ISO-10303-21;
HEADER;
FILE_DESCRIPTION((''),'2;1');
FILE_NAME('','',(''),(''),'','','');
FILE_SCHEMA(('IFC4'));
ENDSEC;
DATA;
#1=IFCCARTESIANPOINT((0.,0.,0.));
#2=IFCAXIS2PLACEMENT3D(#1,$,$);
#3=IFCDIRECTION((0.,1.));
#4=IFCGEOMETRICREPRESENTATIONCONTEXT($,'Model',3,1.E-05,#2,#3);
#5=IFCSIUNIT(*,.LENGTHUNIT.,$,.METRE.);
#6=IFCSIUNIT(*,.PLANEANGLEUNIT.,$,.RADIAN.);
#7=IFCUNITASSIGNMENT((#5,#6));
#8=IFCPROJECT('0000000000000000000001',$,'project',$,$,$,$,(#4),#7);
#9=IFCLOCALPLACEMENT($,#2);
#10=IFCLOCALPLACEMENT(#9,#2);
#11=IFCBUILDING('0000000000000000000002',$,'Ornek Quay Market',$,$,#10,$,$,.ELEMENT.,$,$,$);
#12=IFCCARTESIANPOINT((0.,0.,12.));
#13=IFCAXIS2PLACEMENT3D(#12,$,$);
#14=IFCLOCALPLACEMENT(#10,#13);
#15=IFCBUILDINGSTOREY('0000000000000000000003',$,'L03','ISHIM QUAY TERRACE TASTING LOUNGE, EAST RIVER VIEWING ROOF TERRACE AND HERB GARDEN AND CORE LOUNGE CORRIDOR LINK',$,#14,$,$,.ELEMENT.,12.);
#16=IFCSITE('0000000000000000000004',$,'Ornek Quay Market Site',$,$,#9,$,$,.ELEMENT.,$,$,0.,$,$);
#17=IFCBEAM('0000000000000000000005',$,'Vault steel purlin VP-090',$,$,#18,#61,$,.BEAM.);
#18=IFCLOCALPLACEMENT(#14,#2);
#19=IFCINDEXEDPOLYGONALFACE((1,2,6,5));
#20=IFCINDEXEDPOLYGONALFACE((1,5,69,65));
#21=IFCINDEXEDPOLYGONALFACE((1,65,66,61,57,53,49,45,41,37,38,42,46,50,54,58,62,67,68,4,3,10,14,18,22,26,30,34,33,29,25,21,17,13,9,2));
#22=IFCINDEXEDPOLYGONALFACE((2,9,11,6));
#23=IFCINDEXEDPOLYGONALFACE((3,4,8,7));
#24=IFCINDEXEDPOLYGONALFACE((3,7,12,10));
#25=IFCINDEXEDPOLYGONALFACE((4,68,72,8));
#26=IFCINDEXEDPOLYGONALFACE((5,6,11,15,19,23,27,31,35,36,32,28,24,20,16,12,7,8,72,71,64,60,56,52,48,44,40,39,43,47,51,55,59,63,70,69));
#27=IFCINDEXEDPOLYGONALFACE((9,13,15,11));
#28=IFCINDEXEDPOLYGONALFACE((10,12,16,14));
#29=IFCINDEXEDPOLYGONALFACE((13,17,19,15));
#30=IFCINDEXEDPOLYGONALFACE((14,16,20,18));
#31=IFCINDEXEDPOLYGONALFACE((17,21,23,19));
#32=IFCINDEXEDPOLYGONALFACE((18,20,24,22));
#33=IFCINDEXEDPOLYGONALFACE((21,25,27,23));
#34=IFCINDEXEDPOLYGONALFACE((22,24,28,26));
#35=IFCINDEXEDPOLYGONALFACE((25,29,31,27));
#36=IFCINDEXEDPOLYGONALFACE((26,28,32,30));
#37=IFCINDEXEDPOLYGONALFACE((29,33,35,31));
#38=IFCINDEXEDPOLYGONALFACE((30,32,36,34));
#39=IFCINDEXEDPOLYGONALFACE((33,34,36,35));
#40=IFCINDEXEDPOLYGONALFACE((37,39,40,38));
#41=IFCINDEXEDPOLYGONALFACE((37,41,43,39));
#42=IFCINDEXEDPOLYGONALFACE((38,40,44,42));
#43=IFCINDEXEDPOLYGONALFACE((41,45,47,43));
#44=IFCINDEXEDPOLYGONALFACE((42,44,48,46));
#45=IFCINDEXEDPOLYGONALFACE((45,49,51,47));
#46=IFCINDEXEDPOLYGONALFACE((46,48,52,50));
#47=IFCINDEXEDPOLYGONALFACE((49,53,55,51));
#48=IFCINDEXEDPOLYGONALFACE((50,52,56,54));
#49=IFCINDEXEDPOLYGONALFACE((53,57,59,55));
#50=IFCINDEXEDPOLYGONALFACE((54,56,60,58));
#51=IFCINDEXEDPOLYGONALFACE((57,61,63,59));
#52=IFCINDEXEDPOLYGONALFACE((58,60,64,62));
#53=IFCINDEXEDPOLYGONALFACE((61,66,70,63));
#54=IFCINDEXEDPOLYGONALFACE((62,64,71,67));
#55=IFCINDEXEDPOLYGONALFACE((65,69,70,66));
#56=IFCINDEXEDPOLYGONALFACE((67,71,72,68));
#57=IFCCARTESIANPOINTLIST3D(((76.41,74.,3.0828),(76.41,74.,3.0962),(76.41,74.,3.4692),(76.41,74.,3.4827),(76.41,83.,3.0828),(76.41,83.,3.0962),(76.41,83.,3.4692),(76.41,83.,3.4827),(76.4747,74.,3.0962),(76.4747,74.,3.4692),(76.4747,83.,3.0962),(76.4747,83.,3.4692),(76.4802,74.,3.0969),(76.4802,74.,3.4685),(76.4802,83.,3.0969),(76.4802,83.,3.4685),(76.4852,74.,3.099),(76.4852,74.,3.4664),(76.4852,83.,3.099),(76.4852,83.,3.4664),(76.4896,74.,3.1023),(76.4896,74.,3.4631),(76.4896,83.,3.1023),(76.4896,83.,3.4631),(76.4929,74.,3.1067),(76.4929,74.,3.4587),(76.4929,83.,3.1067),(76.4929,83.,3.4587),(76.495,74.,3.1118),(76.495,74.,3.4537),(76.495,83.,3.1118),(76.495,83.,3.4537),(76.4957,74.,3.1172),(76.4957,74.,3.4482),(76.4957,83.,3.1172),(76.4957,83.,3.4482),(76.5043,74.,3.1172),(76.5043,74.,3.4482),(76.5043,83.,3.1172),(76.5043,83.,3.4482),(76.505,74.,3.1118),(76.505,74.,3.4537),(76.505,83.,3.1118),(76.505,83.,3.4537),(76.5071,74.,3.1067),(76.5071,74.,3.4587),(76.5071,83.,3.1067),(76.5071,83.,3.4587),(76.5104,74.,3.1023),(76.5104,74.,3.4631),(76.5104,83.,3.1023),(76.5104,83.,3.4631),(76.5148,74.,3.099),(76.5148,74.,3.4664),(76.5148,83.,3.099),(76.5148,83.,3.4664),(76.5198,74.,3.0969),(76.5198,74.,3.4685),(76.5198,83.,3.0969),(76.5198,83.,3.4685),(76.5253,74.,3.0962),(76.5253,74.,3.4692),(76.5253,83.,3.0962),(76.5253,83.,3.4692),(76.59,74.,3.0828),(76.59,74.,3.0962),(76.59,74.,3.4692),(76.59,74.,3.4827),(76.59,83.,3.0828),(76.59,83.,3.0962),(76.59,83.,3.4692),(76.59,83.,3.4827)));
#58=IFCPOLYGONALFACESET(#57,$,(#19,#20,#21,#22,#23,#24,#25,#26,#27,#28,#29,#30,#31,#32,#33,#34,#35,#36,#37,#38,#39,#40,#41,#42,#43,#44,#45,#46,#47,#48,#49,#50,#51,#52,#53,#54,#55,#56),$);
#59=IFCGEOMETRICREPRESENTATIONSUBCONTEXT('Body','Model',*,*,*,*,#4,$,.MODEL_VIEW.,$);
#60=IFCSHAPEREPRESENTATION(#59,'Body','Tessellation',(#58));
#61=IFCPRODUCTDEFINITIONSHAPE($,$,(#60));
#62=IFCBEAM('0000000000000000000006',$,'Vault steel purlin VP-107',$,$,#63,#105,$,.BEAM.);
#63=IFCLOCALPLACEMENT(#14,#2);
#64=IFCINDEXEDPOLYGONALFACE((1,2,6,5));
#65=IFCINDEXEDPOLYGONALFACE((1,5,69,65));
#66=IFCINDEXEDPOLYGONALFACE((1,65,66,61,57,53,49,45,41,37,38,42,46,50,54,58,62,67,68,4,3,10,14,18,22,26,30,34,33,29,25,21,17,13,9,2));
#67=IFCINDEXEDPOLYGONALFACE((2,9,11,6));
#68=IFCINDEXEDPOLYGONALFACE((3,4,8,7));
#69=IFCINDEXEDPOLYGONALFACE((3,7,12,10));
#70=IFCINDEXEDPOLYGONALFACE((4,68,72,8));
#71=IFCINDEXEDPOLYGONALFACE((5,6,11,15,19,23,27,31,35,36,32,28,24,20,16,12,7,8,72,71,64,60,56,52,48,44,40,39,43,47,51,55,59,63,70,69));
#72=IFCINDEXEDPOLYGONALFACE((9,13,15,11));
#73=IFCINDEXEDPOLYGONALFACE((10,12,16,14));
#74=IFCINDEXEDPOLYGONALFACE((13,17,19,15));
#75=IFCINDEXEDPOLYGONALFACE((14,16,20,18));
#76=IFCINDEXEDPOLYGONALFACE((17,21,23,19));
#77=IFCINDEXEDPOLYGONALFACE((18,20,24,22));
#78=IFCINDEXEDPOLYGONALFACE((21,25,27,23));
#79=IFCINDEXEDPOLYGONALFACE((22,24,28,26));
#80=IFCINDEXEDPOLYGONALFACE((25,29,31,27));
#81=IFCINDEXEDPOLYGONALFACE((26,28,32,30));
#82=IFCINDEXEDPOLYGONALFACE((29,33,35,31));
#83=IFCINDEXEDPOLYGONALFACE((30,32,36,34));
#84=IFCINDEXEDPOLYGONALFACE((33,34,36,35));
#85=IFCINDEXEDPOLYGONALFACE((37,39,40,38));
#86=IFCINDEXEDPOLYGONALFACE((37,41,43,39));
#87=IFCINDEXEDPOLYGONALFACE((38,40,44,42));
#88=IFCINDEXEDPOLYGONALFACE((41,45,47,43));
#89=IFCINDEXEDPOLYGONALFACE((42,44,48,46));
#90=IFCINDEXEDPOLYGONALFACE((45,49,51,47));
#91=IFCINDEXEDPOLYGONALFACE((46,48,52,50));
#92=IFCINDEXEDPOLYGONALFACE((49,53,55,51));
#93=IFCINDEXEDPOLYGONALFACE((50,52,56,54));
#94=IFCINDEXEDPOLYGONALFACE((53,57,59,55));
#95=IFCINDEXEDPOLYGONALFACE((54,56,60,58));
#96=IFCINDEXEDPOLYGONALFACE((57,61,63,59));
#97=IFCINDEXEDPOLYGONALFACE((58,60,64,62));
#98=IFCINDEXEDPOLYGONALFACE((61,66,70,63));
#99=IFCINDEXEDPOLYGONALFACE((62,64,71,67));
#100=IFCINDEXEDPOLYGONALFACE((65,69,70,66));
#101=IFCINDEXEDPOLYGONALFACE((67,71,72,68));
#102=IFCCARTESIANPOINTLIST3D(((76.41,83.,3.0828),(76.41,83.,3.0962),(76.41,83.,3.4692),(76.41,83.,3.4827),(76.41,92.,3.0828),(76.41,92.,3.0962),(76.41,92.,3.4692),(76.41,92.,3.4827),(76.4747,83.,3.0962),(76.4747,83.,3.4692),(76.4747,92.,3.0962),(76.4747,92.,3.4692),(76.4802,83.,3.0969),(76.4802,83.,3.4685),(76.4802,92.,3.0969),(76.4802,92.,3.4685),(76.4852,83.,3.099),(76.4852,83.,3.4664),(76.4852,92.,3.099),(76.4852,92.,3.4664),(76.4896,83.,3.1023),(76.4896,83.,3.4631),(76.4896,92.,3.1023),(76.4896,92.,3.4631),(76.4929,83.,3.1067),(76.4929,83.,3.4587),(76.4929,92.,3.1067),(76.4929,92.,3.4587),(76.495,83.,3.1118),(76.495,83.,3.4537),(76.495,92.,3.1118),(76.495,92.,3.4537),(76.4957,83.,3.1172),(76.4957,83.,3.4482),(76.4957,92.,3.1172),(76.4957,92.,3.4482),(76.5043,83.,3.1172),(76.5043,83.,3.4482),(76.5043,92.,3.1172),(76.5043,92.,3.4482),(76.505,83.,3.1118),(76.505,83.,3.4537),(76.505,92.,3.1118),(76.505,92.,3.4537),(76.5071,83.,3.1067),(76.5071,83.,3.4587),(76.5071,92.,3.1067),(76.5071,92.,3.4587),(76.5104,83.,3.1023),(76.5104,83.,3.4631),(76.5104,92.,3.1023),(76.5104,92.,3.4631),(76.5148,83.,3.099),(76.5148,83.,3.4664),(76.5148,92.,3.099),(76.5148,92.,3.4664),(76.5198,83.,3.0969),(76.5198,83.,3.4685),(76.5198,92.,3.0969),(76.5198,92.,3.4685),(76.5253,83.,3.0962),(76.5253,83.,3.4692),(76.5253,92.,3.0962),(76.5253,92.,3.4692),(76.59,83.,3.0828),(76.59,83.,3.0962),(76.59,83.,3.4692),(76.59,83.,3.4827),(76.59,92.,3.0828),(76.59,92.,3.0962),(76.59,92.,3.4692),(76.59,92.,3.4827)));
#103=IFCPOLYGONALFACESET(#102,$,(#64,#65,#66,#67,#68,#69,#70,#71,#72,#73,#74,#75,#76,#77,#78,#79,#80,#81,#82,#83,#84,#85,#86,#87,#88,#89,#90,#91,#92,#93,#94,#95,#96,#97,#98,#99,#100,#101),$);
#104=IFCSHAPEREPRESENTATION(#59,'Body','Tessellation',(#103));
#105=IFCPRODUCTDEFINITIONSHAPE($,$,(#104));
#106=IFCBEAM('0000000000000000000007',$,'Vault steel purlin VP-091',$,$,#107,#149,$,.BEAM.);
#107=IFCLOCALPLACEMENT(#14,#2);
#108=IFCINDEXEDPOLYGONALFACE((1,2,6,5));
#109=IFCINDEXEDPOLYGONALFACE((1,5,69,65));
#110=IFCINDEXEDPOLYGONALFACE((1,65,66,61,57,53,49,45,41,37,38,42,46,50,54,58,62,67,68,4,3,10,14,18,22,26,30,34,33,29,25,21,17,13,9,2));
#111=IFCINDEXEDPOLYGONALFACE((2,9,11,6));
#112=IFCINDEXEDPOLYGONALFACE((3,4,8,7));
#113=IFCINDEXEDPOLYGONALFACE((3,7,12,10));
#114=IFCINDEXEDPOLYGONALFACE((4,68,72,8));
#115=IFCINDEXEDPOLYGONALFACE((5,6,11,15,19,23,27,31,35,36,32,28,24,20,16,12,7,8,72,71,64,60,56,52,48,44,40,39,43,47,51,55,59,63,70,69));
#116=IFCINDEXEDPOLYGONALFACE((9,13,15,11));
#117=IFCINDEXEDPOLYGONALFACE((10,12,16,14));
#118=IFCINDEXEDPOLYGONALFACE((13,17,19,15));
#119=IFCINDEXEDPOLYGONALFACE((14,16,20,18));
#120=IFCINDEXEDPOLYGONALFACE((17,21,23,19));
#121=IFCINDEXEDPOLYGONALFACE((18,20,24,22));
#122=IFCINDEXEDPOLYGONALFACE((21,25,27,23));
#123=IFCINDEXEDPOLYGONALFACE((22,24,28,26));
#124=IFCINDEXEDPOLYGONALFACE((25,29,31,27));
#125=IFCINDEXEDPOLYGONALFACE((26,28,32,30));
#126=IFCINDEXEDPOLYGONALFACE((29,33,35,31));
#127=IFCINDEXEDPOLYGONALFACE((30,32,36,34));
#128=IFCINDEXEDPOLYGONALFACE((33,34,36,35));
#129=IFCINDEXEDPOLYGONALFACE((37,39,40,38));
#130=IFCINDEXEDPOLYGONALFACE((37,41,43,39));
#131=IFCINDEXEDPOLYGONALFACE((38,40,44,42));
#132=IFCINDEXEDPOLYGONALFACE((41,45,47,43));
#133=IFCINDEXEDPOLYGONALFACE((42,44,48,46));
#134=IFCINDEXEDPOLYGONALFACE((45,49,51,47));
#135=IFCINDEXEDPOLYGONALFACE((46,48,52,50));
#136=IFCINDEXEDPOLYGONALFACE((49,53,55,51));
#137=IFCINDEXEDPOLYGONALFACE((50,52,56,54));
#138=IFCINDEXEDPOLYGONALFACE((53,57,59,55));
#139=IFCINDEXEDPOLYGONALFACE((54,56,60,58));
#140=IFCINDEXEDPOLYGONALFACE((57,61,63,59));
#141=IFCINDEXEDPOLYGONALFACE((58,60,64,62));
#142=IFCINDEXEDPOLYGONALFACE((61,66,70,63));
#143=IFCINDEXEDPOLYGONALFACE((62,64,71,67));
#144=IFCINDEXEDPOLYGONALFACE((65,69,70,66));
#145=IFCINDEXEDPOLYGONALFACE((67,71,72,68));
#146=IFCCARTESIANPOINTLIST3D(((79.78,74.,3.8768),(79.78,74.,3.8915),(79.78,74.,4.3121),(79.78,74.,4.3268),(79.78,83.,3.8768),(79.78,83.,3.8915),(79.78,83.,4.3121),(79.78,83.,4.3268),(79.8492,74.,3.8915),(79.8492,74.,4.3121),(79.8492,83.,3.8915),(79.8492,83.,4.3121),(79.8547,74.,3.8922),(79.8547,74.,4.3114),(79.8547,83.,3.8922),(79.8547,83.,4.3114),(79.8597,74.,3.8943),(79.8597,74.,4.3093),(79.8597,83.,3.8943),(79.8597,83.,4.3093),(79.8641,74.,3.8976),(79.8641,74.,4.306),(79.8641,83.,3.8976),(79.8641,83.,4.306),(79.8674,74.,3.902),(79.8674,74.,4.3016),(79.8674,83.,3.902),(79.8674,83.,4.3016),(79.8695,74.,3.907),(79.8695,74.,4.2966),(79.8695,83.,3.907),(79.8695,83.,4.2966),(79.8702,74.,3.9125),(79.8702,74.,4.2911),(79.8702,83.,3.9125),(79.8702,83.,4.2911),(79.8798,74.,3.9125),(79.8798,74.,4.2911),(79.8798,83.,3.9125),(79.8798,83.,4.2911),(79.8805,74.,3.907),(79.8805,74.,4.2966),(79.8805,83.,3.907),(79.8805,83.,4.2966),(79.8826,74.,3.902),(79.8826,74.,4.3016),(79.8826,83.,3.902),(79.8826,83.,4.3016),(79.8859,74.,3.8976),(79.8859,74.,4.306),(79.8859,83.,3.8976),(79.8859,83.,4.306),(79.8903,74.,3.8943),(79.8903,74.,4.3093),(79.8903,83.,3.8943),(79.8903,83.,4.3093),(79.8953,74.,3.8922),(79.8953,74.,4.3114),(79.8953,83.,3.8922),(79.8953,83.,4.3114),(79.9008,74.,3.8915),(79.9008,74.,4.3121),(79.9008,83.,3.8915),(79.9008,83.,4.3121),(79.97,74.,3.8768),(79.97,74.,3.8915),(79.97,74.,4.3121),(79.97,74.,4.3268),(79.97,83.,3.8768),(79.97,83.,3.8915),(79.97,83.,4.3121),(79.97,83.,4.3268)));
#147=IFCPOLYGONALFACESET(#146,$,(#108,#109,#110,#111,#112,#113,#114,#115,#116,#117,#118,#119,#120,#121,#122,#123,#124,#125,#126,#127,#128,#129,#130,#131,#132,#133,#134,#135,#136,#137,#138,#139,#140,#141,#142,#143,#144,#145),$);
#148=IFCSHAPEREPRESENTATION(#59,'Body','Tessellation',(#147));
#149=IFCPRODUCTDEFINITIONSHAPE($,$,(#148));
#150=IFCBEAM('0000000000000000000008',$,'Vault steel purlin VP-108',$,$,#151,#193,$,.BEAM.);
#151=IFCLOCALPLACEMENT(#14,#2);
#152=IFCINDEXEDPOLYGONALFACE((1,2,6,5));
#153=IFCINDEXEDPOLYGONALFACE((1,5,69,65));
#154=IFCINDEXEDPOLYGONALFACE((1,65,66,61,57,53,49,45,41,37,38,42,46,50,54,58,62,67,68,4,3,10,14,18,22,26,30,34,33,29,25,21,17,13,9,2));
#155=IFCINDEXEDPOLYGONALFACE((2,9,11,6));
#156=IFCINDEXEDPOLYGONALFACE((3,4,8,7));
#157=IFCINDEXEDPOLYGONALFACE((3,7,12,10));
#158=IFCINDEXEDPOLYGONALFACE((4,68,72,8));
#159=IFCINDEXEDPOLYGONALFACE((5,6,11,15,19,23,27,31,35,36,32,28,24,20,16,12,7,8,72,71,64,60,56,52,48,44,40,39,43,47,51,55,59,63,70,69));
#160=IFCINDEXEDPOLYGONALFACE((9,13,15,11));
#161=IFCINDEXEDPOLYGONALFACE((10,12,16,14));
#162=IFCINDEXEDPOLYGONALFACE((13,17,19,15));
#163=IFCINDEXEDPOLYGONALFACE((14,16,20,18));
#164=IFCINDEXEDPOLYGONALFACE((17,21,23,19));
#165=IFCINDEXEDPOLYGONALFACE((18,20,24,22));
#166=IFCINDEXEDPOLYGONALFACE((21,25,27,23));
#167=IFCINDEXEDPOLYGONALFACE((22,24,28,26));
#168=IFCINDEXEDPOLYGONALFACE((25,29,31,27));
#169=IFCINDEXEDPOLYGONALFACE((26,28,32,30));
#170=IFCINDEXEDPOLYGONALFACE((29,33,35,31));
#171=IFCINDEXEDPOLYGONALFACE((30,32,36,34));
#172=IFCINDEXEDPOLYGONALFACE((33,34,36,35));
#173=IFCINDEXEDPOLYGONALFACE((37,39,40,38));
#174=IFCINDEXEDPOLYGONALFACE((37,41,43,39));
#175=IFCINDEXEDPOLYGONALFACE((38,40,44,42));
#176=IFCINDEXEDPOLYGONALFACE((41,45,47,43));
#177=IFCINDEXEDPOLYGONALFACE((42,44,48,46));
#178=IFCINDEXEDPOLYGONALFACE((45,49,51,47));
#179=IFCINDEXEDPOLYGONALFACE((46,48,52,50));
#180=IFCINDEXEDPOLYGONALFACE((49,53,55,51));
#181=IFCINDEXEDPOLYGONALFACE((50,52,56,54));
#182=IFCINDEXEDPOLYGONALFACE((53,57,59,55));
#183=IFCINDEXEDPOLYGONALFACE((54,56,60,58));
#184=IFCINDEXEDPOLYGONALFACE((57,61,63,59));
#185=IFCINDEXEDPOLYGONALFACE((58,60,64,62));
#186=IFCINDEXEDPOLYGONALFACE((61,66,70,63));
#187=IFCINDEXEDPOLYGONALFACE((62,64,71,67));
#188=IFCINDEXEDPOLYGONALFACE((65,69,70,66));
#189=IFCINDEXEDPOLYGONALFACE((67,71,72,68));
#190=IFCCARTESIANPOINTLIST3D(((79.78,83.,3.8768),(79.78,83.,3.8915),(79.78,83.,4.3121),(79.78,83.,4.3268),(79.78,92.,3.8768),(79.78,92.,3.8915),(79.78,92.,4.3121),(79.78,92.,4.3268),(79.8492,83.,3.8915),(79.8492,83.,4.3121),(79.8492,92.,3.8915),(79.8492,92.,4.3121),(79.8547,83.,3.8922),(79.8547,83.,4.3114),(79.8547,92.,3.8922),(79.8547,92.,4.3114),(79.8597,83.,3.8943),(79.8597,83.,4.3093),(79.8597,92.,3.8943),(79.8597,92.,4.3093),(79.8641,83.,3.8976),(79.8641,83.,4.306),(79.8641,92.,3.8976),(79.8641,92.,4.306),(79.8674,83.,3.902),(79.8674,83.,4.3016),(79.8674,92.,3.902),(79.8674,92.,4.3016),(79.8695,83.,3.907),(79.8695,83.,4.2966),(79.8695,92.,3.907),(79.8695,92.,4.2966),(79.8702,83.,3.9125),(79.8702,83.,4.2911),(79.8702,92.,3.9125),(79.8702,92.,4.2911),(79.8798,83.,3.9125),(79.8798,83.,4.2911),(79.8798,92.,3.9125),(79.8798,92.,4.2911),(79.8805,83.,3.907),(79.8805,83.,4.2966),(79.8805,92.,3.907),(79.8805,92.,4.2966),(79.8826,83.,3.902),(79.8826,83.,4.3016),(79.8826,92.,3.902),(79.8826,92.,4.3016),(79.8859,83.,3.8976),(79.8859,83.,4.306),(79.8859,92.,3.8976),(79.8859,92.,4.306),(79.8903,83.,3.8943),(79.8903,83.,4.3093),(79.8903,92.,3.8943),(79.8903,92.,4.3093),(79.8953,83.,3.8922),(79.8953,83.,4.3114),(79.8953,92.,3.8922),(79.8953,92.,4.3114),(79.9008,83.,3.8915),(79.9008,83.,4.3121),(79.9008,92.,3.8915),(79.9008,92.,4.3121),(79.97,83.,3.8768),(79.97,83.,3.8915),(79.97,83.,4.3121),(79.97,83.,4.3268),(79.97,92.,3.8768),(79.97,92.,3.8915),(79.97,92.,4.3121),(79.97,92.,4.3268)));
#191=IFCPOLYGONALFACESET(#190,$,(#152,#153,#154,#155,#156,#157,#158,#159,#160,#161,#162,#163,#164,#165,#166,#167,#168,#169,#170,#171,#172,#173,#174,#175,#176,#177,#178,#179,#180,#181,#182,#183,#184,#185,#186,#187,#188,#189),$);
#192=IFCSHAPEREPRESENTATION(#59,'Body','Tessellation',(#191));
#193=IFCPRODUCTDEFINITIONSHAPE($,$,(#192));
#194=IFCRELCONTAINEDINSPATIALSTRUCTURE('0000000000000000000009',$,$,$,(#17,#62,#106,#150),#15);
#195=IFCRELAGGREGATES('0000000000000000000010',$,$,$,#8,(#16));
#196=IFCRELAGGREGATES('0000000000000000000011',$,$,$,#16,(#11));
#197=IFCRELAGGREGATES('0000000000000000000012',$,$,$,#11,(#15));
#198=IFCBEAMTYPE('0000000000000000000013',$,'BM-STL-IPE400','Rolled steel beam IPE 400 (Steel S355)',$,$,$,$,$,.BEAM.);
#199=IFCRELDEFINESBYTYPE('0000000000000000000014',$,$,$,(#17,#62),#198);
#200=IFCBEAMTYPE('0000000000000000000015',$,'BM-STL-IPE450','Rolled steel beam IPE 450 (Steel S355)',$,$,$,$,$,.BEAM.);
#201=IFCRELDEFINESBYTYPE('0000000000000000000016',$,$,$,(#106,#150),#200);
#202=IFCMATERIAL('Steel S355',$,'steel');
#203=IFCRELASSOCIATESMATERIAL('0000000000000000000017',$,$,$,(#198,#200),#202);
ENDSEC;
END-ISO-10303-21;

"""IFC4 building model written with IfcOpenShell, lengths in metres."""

from ifc_helpers import new_model, si_unit, direction, frame, origin, origin_2d, place, context, subcontext, project, spatial, i_section, extrude, material, material_profile, profile_set, type_object, element, save


model = new_model("IFC4")

# Units and contexts
model_context = context("Model", 3, precision=1e-05, world=origin(), true_north=direction((0.0, 1.0)))
body_context = subcontext(model_context, "Body", "Model", "MODEL_VIEW")
ifc_project = project(units=[si_unit("LENGTHUNIT", "METRE"), si_unit("PLANEANGLEUNIT", "RADIAN")], contexts=[model_context])

# Site, building, storey
site_placement = place(None, origin())
site = spatial("IfcSite", under=ifc_project, at=site_placement, Name="Ornek Quay Market Site", CompositionType="ELEMENT", RefElevation=0.0)
building_placement = place(site_placement, origin())
building = spatial("IfcBuilding", under=site, at=building_placement, Name="Ornek Quay Market", CompositionType="ELEMENT")
storey_placement = place(building_placement, frame((0.0, 0.0, 12.0)))
storey = spatial("IfcBuildingStorey", under=building, at=storey_placement, Name="L03", Description="ISHIM QUAY TERRACE TASTING LOUNGE, EAST RIVER VIEWING ROOF TERRACE AND HERB GARDEN AND CORE LOUNGE CORRIDOR LINK", CompositionType="ELEMENT", Elevation=12.0)

# Beams
ifc_material_1 = material(Name="Steel S355", Category="steel")
ifc_material_profile_1 = material_profile(ifc_material_1, i_section(OverallWidth=0.1799, OverallDepth=0.3999, WebThickness=0.0085, FlangeThickness=0.0134, FilletRadius=0.021, at=origin_2d()), Name="IPE 400", Category="steel")
ifc_profile_set_1 = profile_set([ifc_material_profile_1], Name="Steel S355")
beam_type_1 = type_object("IfcBeamType", Name="BM-STL-IPE400", Description="Rolled steel beam IPE 400 (Steel S355)", PredefinedType="BEAM", material=ifc_profile_set_1)
for number, where, z_axis, x_axis, name in (
    (1, (76.5, 74.0, 3.2827), (0.0, 1.0, 0.0), (-1.0, 0.0, 0.0), "Vault steel purlin VP-090"),
    (2, (76.5, 83.0, 3.2827), (0.0, 1.0, 0.0), (-1.0, 0.0, 0.0), "Vault steel purlin VP-107"),
):
    element("IfcBeam", number, at=place(storey_placement, frame(where, z_axis=z_axis, x_axis=x_axis)), inside=storey, type_object=beam_type_1, Name=name, PredefinedType="BEAM", context=body_context, shape_type="SweptSolid", body=[
        extrude(i_section(OverallWidth=0.1799, OverallDepth=0.3999, WebThickness=0.0085, FlangeThickness=0.0134, FilletRadius=0.021, at=origin_2d()), origin(), (0.0, 0.0, 1.0), 9.0),
    ])
ifc_material_profile_2 = material_profile(ifc_material_1, i_section(OverallWidth=0.1899, OverallDepth=0.45, WebThickness=0.0095, FlangeThickness=0.0146, FilletRadius=0.021, at=origin_2d()), Name="IPE 450", Category="steel")
ifc_profile_set_2 = profile_set([ifc_material_profile_2], Name="Steel S355")
beam_type_2 = type_object("IfcBeamType", Name="BM-STL-IPE450", Description="Rolled steel beam IPE 450 (Steel S355)", PredefinedType="BEAM", material=ifc_profile_set_2)
for number, where, z_axis, x_axis, name in (
    (3, (79.875, 74.0, 4.1018), (0.0, 1.0, 0.0), (-1.0, 0.0, 0.0), "Vault steel purlin VP-091"),
    (4, (79.875, 83.0, 4.1018), (0.0, 1.0, 0.0), (-1.0, 0.0, 0.0), "Vault steel purlin VP-108"),
):
    element("IfcBeam", number, at=place(storey_placement, frame(where, z_axis=z_axis, x_axis=x_axis)), inside=storey, type_object=beam_type_2, Name=name, PredefinedType="BEAM", context=body_context, shape_type="SweptSolid", body=[
        extrude(i_section(OverallWidth=0.1899, OverallDepth=0.45, WebThickness=0.0095, FlangeThickness=0.0146, FilletRadius=0.021, at=origin_2d()), origin(), (0.0, 0.0, 1.0), 9.0),
    ])

save(model, "model.ifc")
